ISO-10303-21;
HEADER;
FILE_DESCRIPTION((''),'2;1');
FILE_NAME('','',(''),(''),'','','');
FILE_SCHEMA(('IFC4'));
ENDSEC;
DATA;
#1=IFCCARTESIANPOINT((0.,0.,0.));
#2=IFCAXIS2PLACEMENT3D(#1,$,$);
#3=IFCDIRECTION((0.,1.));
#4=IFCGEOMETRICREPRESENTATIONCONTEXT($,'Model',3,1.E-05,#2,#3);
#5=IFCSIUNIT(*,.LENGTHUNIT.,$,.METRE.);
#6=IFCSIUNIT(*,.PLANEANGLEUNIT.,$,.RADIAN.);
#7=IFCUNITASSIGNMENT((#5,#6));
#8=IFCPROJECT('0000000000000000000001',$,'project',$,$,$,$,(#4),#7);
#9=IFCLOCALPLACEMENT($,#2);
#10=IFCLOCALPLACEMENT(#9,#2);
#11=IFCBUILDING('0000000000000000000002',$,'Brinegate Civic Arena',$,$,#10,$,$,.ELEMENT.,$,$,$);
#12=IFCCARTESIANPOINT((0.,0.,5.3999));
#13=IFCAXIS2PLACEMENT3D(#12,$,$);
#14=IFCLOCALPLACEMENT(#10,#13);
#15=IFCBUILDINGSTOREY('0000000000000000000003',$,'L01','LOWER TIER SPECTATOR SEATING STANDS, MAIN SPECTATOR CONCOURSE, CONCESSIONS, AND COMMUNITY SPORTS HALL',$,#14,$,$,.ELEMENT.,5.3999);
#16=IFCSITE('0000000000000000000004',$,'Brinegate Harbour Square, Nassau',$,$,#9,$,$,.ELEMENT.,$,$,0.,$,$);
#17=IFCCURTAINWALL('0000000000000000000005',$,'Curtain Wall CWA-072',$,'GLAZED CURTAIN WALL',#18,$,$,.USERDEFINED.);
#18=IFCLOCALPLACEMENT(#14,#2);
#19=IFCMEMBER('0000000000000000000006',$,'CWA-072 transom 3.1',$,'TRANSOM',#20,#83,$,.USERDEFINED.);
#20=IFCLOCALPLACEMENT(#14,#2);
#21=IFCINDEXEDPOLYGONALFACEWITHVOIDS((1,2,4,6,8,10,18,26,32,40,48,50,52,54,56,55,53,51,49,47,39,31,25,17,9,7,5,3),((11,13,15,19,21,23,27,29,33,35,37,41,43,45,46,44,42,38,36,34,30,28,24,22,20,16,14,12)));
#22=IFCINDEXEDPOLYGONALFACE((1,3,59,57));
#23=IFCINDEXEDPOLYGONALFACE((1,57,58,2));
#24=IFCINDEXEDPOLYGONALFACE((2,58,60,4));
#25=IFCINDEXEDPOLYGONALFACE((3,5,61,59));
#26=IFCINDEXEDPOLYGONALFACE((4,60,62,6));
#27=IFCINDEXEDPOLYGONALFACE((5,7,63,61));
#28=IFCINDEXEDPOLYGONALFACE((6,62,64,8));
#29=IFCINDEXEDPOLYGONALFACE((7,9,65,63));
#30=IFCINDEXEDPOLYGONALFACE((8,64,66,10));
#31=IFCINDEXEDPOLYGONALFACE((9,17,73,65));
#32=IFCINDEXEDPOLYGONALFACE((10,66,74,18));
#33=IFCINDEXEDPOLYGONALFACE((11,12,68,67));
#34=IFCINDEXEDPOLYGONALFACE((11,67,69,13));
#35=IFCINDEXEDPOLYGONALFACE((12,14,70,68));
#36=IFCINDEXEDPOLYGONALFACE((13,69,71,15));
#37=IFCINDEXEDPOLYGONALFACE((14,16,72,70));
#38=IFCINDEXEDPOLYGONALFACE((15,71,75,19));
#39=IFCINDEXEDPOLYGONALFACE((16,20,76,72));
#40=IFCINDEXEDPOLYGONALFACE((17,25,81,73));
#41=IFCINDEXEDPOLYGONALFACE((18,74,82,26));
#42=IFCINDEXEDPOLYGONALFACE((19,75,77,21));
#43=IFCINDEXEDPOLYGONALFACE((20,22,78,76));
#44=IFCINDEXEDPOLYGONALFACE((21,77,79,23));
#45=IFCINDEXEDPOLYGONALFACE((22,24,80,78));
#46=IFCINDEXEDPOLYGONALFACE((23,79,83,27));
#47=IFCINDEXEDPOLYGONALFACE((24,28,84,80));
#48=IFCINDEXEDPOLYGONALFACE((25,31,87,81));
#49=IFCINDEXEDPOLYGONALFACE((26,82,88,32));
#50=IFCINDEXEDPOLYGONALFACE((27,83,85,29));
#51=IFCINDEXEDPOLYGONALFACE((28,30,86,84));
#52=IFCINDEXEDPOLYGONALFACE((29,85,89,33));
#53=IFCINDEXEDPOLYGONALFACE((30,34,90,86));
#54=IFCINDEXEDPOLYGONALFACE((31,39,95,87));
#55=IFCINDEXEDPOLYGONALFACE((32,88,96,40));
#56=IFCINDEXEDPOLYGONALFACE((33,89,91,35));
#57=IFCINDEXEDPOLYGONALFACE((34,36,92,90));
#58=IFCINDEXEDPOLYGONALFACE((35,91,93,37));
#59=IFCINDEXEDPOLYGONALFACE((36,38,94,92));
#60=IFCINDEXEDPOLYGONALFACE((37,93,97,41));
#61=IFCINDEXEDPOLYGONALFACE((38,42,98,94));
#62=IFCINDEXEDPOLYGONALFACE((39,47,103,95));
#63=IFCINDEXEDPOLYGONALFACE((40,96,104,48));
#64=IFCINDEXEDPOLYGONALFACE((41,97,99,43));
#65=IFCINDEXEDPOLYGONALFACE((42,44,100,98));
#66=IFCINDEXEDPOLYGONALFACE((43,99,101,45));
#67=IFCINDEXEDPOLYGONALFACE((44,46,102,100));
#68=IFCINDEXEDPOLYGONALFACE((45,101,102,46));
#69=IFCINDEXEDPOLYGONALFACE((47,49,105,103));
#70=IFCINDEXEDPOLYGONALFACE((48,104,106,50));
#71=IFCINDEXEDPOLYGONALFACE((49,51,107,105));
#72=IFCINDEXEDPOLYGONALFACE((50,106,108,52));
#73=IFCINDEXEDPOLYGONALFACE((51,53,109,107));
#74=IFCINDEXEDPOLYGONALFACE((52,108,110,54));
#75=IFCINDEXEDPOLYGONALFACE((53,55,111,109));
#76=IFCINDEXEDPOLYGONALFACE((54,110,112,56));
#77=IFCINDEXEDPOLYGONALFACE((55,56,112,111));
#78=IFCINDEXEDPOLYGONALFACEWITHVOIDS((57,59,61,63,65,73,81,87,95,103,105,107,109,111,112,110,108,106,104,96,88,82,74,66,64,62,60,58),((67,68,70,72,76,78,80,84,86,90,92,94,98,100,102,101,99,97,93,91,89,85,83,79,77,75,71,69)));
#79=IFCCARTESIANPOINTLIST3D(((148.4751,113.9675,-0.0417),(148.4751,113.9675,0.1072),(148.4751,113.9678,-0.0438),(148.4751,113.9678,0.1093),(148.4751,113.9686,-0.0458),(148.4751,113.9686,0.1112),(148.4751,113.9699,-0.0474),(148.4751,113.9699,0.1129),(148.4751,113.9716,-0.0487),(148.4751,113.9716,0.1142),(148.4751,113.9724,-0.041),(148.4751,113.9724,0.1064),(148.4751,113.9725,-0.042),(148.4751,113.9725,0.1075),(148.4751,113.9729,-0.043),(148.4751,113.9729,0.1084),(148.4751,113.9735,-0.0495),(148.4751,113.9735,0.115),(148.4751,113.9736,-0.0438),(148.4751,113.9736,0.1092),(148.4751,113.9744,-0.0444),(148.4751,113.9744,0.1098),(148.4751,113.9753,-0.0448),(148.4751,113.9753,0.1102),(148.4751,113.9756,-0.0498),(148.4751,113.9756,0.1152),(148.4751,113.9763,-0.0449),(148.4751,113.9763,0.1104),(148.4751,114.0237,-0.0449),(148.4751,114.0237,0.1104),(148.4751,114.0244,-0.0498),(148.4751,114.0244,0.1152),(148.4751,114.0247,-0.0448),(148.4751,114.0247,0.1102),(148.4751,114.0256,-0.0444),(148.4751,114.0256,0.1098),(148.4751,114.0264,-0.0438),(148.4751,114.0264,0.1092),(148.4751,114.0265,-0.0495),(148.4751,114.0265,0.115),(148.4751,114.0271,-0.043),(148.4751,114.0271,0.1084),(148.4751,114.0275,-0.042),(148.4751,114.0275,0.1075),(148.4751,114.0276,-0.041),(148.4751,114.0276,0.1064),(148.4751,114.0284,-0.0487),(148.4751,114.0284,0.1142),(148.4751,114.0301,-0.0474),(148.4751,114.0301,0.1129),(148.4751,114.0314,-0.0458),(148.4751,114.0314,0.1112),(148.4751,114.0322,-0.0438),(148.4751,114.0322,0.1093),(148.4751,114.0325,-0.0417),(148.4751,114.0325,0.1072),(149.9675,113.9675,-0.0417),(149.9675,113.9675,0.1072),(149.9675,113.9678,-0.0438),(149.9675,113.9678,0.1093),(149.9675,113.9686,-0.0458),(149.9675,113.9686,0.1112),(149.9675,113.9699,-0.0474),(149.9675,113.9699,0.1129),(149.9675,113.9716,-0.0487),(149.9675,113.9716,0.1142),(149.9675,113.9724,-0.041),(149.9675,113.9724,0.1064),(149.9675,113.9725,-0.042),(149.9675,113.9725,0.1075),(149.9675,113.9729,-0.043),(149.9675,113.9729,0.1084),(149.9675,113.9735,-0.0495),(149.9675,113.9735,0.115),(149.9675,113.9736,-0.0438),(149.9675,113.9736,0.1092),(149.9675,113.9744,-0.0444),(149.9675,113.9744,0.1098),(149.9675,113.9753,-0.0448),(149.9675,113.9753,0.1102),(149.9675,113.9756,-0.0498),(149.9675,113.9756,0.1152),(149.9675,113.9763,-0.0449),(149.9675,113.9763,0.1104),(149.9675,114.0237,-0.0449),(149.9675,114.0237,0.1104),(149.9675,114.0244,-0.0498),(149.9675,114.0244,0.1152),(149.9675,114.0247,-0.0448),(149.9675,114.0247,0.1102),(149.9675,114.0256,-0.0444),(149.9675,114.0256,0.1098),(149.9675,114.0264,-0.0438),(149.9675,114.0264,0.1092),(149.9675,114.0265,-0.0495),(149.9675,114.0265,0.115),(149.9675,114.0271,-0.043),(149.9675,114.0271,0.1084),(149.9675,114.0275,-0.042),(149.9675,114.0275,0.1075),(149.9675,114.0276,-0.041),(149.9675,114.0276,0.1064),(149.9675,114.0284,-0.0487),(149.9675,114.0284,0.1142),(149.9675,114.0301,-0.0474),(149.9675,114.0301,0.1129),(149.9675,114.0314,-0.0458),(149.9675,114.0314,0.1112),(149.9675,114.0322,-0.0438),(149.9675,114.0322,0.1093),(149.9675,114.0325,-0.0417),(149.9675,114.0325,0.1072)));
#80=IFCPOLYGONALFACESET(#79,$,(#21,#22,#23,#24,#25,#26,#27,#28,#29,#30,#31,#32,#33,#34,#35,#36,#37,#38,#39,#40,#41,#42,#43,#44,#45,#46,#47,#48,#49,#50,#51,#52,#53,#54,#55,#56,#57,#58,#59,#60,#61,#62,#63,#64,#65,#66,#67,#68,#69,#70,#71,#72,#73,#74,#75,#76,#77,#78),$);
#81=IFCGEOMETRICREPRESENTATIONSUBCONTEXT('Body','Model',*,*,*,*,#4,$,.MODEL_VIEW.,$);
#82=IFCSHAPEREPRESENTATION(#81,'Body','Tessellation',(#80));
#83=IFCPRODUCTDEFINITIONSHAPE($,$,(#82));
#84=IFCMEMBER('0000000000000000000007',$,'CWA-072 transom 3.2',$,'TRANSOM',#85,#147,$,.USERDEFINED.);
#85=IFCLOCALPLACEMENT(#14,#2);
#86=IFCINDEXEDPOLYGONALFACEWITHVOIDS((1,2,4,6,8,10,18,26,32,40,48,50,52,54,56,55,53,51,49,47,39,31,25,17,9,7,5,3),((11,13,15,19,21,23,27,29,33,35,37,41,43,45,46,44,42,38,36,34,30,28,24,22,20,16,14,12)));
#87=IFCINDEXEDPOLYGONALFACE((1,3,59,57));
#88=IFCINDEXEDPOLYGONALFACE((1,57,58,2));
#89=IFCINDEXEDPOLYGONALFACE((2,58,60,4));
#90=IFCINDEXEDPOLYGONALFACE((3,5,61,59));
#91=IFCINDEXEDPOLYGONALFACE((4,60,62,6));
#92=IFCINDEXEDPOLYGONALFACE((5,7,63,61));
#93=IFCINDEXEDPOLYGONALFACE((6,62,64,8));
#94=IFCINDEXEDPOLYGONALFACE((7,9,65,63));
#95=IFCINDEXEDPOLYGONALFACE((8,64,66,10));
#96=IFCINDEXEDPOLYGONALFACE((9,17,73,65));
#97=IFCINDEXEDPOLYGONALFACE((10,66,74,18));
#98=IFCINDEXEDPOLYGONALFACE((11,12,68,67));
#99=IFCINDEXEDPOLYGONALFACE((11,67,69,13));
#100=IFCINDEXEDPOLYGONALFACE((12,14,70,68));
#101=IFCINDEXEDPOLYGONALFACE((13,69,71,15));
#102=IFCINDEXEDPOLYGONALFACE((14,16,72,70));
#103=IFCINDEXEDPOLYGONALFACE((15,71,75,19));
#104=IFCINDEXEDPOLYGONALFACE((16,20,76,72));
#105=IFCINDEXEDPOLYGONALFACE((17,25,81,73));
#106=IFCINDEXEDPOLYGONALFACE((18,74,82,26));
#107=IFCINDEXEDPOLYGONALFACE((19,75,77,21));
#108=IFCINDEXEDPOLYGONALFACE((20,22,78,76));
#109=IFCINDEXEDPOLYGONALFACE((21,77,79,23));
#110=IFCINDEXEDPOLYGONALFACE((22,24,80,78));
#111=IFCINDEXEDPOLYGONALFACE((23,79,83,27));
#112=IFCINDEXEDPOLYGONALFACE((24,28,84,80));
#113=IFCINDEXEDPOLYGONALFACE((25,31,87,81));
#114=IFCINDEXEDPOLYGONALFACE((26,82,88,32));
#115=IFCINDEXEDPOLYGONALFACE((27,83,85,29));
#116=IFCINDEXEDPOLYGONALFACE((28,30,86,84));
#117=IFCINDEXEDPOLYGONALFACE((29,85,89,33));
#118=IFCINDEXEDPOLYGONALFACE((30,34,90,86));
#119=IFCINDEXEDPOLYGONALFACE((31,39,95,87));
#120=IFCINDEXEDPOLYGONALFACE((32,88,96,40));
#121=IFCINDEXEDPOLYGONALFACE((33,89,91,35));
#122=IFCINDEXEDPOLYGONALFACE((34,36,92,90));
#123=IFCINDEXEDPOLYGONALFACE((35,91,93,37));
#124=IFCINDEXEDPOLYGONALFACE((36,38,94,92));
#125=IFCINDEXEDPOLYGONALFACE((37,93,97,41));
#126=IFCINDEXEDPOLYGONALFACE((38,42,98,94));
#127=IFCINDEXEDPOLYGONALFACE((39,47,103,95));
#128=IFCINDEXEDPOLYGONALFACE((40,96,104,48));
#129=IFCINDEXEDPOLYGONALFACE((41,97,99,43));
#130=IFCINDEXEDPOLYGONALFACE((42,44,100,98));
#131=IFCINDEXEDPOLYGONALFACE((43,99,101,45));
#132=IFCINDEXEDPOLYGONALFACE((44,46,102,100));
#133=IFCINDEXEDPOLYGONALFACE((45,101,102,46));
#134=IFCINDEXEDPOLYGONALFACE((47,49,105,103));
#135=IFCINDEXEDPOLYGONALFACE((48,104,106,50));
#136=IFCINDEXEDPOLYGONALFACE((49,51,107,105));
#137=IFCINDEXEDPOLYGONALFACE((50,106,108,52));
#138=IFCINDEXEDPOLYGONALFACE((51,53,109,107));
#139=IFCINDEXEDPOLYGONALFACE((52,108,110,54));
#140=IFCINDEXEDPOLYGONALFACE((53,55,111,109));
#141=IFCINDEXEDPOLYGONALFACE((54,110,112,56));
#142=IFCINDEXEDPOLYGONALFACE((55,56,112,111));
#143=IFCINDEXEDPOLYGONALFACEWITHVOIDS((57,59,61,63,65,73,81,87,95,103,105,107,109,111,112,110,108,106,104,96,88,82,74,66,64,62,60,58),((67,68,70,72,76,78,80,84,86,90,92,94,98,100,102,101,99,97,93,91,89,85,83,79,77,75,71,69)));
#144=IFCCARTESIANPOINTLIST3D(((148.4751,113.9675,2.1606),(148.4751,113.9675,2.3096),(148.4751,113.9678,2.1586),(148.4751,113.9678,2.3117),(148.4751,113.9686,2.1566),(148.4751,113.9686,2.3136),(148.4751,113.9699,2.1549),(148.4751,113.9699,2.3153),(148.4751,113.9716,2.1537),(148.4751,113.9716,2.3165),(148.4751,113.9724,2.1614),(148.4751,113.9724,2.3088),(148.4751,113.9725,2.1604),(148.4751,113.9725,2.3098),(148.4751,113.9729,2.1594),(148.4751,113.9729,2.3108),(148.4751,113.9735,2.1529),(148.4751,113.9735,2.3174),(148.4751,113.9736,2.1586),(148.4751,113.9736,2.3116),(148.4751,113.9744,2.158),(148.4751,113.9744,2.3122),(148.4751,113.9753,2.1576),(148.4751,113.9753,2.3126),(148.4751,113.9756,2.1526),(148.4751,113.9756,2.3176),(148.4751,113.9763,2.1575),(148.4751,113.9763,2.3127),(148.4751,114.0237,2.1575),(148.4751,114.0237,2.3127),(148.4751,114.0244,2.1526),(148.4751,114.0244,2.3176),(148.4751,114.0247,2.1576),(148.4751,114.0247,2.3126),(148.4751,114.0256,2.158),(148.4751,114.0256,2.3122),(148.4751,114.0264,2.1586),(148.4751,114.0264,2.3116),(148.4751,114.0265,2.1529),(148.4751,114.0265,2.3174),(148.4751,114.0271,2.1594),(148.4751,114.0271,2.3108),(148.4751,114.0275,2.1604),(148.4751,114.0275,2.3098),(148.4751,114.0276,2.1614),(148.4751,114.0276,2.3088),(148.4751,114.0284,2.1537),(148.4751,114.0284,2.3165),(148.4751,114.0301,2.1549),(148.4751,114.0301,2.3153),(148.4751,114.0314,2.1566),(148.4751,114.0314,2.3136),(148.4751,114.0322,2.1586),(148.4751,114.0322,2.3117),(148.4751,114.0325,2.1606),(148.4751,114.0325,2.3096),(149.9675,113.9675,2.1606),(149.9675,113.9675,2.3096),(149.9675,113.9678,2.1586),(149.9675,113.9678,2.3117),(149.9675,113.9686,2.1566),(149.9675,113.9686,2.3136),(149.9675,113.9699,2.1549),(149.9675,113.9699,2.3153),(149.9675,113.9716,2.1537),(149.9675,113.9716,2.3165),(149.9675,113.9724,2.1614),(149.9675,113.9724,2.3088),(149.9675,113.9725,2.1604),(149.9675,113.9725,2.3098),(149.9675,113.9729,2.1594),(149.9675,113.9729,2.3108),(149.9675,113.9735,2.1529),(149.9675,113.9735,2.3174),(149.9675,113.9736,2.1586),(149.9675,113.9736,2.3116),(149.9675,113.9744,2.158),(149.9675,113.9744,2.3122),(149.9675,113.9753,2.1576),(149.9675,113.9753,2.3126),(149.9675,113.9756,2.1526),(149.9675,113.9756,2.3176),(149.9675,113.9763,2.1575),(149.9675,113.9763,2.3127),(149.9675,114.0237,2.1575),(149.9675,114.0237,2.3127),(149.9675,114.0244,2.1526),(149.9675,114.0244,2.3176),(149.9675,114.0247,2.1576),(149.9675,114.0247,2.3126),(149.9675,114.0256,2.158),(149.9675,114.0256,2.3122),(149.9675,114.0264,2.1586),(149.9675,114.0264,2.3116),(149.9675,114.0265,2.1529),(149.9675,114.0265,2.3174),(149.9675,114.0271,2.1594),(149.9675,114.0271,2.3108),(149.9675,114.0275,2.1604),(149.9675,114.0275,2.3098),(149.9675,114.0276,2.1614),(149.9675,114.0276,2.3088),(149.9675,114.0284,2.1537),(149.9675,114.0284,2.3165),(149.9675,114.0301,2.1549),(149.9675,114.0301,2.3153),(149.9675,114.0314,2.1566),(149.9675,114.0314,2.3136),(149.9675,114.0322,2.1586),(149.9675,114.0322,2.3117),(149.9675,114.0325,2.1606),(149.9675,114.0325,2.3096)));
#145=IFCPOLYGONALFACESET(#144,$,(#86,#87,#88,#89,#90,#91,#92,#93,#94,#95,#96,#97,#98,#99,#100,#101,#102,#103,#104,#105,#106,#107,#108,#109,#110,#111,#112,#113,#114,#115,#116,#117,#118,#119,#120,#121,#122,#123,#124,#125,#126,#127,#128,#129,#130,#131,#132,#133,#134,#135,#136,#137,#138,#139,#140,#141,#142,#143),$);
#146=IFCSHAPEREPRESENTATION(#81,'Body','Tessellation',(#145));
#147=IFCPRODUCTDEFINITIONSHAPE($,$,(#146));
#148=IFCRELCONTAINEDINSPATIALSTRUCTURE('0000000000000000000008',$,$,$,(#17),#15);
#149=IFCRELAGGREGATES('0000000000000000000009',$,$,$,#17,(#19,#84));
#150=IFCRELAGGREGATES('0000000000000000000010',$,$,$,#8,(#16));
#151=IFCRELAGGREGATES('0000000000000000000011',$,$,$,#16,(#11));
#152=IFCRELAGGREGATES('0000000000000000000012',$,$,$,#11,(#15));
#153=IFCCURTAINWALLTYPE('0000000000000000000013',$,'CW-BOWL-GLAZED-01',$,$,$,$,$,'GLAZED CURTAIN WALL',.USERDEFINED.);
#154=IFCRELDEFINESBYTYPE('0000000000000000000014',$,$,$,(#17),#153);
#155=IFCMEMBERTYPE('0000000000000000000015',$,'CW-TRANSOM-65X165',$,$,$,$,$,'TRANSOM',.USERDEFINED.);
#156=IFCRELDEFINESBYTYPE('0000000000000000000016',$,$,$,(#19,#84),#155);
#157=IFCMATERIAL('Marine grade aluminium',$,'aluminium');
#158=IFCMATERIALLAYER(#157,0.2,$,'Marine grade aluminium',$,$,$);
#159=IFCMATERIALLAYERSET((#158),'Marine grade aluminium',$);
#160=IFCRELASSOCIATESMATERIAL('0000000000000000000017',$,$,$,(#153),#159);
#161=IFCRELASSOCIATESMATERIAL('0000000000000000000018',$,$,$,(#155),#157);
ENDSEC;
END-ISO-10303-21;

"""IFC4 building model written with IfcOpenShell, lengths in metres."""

from ifc_helpers import new_model, si_unit, direction, frame, origin, origin_2d, place, context, subcontext, project, spatial, hollow_rectangle, extrude, material, layer, layer_set, material_profile, profile_set, type_object, element, aggregate, save


model = new_model("IFC4")

# Units and contexts
model_context = context("Model", 3, precision=1e-05, world=origin(), true_north=direction((0.0, 1.0)))
body_context = subcontext(model_context, "Body", "Model", "MODEL_VIEW")
ifc_project = project(units=[si_unit("LENGTHUNIT", "METRE"), si_unit("PLANEANGLEUNIT", "RADIAN")], contexts=[model_context])

# Site, building, storey
site_placement = place(None, origin())
site = spatial("IfcSite", under=ifc_project, at=site_placement, Name="Brinegate Harbour Square, Nassau", CompositionType="ELEMENT", RefElevation=0.0)
building_placement = place(site_placement, origin())
building = spatial("IfcBuilding", under=site, at=building_placement, Name="Brinegate Civic Arena", CompositionType="ELEMENT")
storey_placement = place(building_placement, frame((0.0, 0.0, 5.3999)))
storey = spatial("IfcBuildingStorey", under=building, at=storey_placement, Name="L01", Description="LOWER TIER SPECTATOR SEATING STANDS, MAIN SPECTATOR CONCOURSE, CONCESSIONS, AND COMMUNITY SPORTS HALL", CompositionType="ELEMENT", Elevation=5.3999)

# Curtain wall, members
ifc_material_1 = material(Name="Marine grade aluminium", Category="aluminium")
ifc_layer_1 = layer(ifc_material_1, 0.2, Name="Marine grade aluminium")
ifc_layer_set_1 = layer_set([ifc_layer_1], Name="Marine grade aluminium")
curtain_wall_type = type_object("IfcCurtainWallType", Name="CW-BOWL-GLAZED-01", ElementType="GLAZED CURTAIN WALL", PredefinedType="USERDEFINED", material=ifc_layer_set_1)
curtain_wall_placement = place(storey_placement, origin())
curtain_wall = element("IfcCurtainWall", 1, at=curtain_wall_placement, inside=storey, type_object=curtain_wall_type, Name="Curtain Wall CWA-072", ObjectType="GLAZED CURTAIN WALL", PredefinedType="USERDEFINED")
ifc_material_profile_1 = material_profile(ifc_material_1, hollow_rectangle(XDim=0.0649, YDim=0.165, WallThickness=0.0049, InnerFilletRadius=0.0039, OuterFilletRadius=0.0081, at=origin_2d()), Name="TRN65X165")
ifc_profile_set_1 = profile_set([ifc_material_profile_1], Name="Marine grade aluminium")
member_type_1 = type_object("IfcMemberType", Name="CW-TRANSOM-65X165", ElementType="TRANSOM", PredefinedType="USERDEFINED", material=ifc_profile_set_1)
member_1_placement = place(storey_placement, frame((148.4751, 114.0, 0.0327), z_axis=(1.0, 0.0, 0.0), x_axis=(0.0, 1.0, 0.0)))
member_1 = element("IfcMember", 2, at=member_1_placement, type_object=member_type_1, Name="CWA-072 transom 3.1", ObjectType="TRANSOM", PredefinedType="USERDEFINED", context=body_context, shape_type="SweptSolid", body=[
    extrude(hollow_rectangle(XDim=0.0649, YDim=0.165, WallThickness=0.0049, InnerFilletRadius=0.0039, OuterFilletRadius=0.0081, at=origin_2d()), origin(), (0.0, 0.0, 1.0), 1.4924),
])
member_2_placement = place(storey_placement, frame((148.4751, 114.0, 2.2351), z_axis=(1.0, 0.0, 0.0), x_axis=(0.0, 1.0, 0.0)))
member_2 = element("IfcMember", 3, at=member_2_placement, type_object=member_type_1, Name="CWA-072 transom 3.2", ObjectType="TRANSOM", PredefinedType="USERDEFINED", context=body_context, shape_type="SweptSolid", body=[
    extrude(hollow_rectangle(XDim=0.0649, YDim=0.165, WallThickness=0.0049, InnerFilletRadius=0.0039, OuterFilletRadius=0.0081, at=origin_2d()), origin(), (0.0, 0.0, 1.0), 1.4924),
])
aggregate(curtain_wall, [member_1, member_2])

save(model, "model.ifc")
